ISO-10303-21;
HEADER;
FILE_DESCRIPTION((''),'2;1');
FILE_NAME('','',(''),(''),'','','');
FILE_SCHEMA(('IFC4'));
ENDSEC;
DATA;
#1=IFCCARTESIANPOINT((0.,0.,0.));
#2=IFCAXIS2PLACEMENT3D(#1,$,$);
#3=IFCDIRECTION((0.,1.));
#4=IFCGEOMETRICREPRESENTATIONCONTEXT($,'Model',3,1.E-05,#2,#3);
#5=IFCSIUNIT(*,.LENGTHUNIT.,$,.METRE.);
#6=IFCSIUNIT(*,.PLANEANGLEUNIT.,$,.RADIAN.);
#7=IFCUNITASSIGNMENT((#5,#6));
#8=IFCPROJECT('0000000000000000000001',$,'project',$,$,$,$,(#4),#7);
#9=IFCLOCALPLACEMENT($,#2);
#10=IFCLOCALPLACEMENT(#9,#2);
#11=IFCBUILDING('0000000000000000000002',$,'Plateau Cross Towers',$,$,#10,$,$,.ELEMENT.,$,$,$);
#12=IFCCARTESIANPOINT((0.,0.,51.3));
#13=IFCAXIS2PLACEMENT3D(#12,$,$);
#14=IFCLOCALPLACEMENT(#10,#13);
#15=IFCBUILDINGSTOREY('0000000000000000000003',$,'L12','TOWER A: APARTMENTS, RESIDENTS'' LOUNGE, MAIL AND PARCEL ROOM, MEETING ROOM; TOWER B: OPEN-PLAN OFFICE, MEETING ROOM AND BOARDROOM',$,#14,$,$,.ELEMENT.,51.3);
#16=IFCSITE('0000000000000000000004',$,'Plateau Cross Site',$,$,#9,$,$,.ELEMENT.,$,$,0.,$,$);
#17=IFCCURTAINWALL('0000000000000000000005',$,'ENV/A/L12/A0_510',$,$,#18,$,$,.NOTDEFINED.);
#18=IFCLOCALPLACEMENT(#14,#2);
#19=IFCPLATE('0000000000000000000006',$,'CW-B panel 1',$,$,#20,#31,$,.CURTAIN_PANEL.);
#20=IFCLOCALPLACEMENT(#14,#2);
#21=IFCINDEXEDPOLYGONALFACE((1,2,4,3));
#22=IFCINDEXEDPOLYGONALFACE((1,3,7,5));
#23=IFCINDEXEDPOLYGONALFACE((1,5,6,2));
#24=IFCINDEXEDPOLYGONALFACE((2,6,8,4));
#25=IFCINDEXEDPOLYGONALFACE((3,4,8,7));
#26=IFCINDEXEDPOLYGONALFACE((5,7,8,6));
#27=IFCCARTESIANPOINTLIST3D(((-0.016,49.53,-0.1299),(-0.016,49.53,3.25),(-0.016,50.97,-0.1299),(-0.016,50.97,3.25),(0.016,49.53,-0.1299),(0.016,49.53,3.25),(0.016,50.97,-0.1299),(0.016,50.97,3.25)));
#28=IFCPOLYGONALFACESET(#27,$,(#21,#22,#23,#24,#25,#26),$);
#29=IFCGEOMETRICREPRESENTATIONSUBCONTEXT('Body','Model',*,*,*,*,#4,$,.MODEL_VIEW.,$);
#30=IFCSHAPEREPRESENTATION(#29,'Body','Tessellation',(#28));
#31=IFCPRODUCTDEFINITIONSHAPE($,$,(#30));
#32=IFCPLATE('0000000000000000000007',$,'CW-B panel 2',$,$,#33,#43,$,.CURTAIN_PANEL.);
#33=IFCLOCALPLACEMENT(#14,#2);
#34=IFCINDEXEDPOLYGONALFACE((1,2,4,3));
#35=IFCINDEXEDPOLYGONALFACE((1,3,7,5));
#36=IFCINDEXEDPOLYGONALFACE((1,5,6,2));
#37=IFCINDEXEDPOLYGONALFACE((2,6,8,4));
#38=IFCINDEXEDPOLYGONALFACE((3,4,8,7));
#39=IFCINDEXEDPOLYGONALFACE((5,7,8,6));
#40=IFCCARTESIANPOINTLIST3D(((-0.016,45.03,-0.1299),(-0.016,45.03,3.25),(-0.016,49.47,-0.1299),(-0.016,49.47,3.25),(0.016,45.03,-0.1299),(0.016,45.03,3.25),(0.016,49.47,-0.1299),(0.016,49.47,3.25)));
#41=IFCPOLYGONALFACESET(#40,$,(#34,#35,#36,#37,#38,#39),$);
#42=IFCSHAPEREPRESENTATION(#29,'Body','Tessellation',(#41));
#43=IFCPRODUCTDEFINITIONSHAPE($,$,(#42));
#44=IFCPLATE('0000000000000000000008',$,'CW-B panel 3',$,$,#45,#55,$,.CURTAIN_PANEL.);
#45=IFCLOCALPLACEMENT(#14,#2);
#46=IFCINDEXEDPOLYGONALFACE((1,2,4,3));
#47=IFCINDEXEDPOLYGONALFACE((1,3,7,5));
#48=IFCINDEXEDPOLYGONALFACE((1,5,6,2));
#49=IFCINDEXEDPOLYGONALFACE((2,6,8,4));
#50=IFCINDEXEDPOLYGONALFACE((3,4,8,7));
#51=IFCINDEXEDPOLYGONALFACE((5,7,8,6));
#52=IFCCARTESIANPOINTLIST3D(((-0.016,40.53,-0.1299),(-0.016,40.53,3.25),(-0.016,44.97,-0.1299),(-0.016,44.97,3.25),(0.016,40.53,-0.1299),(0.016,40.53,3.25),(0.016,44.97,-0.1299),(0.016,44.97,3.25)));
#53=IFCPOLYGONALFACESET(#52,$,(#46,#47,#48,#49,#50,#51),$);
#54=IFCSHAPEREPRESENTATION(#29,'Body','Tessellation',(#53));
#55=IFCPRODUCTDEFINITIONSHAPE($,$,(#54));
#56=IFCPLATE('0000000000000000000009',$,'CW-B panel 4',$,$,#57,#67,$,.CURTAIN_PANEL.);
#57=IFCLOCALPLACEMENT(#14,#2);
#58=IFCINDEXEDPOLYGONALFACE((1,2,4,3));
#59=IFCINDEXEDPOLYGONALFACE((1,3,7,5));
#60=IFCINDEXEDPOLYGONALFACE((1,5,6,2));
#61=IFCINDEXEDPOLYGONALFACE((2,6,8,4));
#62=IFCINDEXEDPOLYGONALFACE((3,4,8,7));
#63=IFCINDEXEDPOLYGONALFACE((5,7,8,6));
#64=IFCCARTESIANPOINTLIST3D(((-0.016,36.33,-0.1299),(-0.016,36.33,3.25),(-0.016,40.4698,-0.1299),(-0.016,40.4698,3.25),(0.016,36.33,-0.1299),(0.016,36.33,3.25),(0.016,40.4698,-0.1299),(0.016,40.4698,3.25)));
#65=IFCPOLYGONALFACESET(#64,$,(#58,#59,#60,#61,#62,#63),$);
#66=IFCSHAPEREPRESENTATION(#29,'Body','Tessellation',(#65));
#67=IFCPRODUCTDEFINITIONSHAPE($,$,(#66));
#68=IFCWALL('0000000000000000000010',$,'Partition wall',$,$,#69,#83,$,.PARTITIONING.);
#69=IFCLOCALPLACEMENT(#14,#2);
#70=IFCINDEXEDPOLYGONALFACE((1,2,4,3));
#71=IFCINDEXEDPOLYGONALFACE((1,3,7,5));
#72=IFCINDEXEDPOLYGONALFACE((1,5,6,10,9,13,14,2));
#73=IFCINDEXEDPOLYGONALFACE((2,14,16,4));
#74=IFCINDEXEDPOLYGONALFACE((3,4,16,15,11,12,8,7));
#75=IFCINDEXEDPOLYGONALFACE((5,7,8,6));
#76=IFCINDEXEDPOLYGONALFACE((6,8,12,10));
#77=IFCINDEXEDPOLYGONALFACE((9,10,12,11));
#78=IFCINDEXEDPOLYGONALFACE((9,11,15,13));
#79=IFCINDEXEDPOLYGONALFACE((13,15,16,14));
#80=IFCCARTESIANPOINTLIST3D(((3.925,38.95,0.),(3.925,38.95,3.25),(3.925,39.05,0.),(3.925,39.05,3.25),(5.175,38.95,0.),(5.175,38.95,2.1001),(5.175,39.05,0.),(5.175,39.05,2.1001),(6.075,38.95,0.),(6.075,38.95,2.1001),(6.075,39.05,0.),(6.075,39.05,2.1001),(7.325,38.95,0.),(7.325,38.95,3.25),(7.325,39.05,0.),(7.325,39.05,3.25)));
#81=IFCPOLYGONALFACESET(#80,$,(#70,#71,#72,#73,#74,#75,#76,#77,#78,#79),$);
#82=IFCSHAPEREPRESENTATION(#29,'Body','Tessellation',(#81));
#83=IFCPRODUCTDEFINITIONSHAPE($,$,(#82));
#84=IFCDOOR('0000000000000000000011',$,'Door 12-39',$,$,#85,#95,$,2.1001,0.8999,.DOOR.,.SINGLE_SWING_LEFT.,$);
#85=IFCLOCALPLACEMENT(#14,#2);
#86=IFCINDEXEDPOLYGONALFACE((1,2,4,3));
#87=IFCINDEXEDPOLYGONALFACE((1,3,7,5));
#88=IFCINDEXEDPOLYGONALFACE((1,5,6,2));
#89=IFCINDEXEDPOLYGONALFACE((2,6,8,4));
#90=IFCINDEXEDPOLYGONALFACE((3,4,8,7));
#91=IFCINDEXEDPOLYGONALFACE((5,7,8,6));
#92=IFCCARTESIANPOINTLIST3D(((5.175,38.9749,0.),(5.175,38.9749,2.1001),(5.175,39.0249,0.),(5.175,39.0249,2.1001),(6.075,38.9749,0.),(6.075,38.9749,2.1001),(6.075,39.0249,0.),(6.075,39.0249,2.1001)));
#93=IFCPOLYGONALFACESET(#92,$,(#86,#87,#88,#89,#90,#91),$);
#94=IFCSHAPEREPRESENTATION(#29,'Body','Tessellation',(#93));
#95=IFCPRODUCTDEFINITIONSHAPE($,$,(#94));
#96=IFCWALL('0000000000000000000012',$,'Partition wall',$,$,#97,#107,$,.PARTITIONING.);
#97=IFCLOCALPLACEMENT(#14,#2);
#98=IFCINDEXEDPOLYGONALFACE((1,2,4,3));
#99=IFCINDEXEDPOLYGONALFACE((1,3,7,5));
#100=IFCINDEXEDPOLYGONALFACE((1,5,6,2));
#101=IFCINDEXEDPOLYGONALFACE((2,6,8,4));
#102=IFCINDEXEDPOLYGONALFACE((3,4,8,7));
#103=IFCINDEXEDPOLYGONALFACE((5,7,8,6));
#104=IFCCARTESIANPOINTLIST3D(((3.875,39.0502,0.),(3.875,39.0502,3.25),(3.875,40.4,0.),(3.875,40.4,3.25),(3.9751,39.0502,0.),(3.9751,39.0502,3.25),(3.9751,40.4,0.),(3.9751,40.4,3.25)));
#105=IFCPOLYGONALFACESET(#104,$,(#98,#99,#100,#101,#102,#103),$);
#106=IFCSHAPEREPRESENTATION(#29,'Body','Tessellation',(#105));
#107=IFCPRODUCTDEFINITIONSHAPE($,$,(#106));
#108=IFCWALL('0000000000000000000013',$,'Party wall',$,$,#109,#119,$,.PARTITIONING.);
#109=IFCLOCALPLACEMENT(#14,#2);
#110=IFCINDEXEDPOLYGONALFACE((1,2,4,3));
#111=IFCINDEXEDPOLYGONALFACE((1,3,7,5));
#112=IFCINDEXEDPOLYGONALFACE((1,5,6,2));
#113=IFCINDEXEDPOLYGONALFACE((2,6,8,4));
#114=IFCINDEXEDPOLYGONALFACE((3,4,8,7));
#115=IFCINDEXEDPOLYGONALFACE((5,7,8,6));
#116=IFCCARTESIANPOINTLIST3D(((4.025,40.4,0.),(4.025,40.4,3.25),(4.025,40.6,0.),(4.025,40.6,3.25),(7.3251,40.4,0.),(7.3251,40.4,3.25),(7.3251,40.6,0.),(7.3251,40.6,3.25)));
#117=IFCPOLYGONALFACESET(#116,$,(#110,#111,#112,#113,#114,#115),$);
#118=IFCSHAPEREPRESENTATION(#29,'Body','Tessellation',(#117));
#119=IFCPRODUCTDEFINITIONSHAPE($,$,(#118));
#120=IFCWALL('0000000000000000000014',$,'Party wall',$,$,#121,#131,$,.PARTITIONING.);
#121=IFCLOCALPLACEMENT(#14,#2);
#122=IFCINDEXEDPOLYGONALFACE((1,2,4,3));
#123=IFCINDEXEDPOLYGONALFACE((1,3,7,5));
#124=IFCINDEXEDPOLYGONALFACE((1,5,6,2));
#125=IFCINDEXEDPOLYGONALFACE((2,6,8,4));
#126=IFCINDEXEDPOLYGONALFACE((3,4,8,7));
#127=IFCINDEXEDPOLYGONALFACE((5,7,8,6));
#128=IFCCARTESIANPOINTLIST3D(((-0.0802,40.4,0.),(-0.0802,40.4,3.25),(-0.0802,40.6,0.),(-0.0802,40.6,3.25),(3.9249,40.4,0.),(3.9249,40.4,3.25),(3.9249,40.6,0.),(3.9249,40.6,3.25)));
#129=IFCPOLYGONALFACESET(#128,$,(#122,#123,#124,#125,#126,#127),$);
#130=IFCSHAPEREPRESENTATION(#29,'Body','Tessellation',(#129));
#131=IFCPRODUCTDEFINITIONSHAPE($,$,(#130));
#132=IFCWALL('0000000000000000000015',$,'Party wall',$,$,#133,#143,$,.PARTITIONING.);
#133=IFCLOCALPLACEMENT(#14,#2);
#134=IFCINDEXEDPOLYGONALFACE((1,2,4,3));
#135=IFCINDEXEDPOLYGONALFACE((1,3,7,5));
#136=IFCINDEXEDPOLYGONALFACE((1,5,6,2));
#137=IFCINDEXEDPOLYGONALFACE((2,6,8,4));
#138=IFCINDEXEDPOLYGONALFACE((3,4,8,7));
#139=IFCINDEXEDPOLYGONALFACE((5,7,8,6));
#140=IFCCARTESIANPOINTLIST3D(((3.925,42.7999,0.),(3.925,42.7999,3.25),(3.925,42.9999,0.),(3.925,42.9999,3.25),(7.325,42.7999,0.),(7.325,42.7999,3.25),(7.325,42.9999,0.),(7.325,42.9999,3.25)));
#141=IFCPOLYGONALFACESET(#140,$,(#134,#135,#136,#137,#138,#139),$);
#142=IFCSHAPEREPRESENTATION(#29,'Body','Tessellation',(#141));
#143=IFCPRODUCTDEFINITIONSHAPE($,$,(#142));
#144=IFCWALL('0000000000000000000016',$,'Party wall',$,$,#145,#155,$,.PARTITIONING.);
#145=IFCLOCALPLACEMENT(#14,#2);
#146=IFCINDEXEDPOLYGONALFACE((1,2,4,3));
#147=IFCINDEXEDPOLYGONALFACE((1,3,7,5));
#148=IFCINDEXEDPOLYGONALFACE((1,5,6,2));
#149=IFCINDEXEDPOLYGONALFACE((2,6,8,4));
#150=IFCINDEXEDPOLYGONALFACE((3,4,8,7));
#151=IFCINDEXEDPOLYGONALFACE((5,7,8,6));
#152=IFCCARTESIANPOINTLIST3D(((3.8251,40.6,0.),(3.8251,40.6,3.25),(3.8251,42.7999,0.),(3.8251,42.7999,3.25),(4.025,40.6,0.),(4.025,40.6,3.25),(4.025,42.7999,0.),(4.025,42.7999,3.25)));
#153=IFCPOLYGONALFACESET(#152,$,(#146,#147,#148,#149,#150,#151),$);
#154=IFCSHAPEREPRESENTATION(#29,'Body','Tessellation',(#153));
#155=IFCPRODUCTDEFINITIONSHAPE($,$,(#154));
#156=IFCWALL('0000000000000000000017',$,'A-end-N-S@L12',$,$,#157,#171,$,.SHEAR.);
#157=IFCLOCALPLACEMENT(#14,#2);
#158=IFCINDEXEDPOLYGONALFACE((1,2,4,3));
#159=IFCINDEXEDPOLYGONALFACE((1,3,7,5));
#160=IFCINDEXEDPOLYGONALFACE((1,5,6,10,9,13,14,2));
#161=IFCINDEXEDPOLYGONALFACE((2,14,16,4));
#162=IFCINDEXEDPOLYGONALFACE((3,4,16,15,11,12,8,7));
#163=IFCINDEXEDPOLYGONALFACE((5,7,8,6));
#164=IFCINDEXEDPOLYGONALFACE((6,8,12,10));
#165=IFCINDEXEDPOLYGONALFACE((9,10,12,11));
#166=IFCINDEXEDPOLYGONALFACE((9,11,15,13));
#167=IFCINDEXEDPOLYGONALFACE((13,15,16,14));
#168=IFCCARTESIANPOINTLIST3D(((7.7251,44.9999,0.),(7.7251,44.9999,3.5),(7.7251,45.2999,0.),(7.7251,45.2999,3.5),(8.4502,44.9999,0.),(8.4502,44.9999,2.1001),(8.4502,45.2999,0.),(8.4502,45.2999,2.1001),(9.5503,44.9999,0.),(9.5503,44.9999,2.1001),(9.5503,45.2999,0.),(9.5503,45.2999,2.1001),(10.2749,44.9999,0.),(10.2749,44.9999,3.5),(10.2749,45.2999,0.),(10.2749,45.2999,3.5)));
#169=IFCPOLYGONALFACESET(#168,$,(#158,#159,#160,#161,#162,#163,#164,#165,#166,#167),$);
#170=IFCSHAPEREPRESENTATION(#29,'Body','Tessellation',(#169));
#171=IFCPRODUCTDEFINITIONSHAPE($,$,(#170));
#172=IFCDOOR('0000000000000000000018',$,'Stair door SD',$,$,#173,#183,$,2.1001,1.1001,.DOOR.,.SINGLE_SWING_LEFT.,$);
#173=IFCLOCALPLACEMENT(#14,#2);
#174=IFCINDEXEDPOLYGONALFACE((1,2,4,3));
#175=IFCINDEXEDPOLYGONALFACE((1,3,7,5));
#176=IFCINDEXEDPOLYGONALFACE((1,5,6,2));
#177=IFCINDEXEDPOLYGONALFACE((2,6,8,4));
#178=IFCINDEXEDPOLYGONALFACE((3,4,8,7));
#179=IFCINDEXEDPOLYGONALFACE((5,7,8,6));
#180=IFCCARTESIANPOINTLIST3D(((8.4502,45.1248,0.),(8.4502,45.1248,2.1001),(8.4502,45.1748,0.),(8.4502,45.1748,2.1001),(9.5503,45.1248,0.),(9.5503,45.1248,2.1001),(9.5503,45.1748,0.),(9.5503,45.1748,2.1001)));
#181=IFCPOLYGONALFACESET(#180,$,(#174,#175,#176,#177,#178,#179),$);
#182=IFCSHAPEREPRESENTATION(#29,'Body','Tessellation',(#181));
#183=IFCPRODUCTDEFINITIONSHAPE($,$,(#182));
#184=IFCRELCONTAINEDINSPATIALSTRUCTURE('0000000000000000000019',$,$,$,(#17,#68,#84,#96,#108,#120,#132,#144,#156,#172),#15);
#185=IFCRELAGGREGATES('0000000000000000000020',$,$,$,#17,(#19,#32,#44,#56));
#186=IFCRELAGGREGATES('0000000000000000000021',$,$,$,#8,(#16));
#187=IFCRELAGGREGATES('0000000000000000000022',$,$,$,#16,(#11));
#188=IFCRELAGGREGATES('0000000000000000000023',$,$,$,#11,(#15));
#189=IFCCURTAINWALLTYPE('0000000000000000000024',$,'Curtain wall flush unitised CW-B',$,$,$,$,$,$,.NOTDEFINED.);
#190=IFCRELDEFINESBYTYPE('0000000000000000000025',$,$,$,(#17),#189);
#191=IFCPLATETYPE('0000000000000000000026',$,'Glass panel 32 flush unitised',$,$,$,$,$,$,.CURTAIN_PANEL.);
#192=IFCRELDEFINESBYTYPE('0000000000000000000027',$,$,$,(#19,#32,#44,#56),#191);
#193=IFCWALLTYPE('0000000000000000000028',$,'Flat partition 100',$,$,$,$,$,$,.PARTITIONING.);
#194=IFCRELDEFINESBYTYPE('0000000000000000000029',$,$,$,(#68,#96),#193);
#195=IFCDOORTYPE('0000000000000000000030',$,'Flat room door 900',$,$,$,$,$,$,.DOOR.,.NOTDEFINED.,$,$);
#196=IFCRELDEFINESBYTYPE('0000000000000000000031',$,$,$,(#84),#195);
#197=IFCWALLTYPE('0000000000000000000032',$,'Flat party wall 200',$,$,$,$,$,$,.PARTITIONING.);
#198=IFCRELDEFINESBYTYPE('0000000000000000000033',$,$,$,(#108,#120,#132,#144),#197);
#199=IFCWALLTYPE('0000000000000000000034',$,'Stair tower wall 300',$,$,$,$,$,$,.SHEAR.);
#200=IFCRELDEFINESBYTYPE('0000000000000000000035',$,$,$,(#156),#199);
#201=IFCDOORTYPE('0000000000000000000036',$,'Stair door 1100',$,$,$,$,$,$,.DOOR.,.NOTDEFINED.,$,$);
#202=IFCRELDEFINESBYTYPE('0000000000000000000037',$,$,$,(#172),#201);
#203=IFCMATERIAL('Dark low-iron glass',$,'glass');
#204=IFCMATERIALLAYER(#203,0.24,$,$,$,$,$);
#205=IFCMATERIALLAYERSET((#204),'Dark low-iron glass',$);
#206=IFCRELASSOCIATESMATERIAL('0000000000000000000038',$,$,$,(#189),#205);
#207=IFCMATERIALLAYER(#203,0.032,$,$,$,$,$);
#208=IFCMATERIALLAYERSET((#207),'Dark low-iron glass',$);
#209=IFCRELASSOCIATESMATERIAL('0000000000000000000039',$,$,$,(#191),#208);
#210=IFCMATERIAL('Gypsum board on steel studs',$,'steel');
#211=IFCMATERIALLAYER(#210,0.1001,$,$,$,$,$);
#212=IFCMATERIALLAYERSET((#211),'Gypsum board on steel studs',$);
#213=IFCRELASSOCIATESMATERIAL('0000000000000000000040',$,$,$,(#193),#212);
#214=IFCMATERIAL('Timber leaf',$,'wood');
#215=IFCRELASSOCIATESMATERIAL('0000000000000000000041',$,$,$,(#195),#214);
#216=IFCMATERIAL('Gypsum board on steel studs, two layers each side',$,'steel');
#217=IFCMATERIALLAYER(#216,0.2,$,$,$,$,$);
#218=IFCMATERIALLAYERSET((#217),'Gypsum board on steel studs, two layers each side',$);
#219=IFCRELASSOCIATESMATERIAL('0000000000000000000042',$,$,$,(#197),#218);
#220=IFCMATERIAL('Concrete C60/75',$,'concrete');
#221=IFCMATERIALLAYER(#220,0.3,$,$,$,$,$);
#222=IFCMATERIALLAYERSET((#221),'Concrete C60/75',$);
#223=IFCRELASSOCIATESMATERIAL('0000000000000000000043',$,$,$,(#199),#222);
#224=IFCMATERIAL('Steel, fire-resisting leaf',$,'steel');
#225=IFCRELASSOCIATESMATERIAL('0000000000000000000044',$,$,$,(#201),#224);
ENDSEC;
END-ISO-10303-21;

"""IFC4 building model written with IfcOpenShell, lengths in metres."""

from ifc_helpers import new_model, si_unit, direction, frame, frame_2d, origin, origin_2d, place, context, subcontext, project, spatial, rectangle, extrude, material, layer, layer_set, type_object, element, fill, aggregate, save


model = new_model("IFC4")

# Units and contexts
model_context = context("Model", 3, precision=1e-05, world=origin(), true_north=direction((0.0, 1.0)))
body_context = subcontext(model_context, "Body", "Model", "MODEL_VIEW")
ifc_project = project(units=[si_unit("LENGTHUNIT", "METRE"), si_unit("PLANEANGLEUNIT", "RADIAN")], contexts=[model_context])

# Site, building, storey
site_placement = place(None, origin())
site = spatial("IfcSite", under=ifc_project, at=site_placement, Name="Plateau Cross Site", CompositionType="ELEMENT", RefElevation=0.0)
building_placement = place(site_placement, origin())
building = spatial("IfcBuilding", under=site, at=building_placement, Name="Plateau Cross Towers", CompositionType="ELEMENT")
storey_placement = place(building_placement, frame((0.0, 0.0, 51.3)))
storey = spatial("IfcBuildingStorey", under=building, at=storey_placement, Name="L12", Description="TOWER A: APARTMENTS, RESIDENTS' LOUNGE, MAIL AND PARCEL ROOM, MEETING ROOM; TOWER B: OPEN-PLAN OFFICE, MEETING ROOM AND BOARDROOM", CompositionType="ELEMENT", Elevation=51.3)

# Shared definitions
ifc_material_1 = material(Name="Concrete C60/75", Category="concrete")

# Shared definitions
ifc_material_2 = material(Name="Dark low-iron glass", Category="glass")
ifc_layer_1 = layer(ifc_material_2, 0.24)
ifc_layer_set_1 = layer_set([ifc_layer_1], Name="Dark low-iron glass")
curtain_wall_type = type_object("IfcCurtainWallType", Name="Curtain wall flush unitised CW-B", PredefinedType="NOTDEFINED", material=ifc_layer_set_1)

# Curtain wall
curtain_wall_1_placement = place(storey_placement, origin())
curtain_wall_1 = element("IfcCurtainWall", 1, at=curtain_wall_1_placement, inside=storey, type_object=curtain_wall_type, Name="ENV/A/L12/A0_510", PredefinedType="NOTDEFINED")

# Shared definitions
ifc_layer_2 = layer(ifc_material_2, 0.032)
ifc_layer_set_2 = layer_set([ifc_layer_2], Name="Dark low-iron glass")
plate_type = type_object("IfcPlateType", Name="Glass panel 32 flush unitised", PredefinedType="CURTAIN_PANEL", material=ifc_layer_set_2)

# Plates
plate_1_placement = place(storey_placement, frame((0.0, 50.25, -0.1299), z_axis=(0.0, 0.0, 1.0), x_axis=(0.0, -1.0, 0.0)))
plate_1 = element("IfcPlate", 2, at=plate_1_placement, type_object=plate_type, Name="CW-B panel 1", PredefinedType="CURTAIN_PANEL", context=body_context, shape_type="SweptSolid", body=[
    extrude(rectangle(XDim=1.4399, YDim=0.032, at=origin_2d()), origin(), (0.0, 0.0, 1.0), 3.3799),
])
plate_2_placement = place(storey_placement, frame((0.0, 47.25, -0.1299), z_axis=(0.0, 0.0, 1.0), x_axis=(0.0, -1.0, 0.0)))
plate_2 = element("IfcPlate", 3, at=plate_2_placement, type_object=plate_type, Name="CW-B panel 2", PredefinedType="CURTAIN_PANEL", context=body_context, shape_type="SweptSolid", body=[
    extrude(rectangle(XDim=4.4399, YDim=0.032, at=origin_2d()), origin(), (0.0, 0.0, 1.0), 3.3799),
])
plate_3_placement = place(storey_placement, frame((0.0, 42.75, -0.1299), z_axis=(0.0, 0.0, 1.0), x_axis=(0.0, -1.0, 0.0)))
plate_3 = element("IfcPlate", 4, at=plate_3_placement, type_object=plate_type, Name="CW-B panel 3", PredefinedType="CURTAIN_PANEL", context=body_context, shape_type="SweptSolid", body=[
    extrude(rectangle(XDim=4.4399, YDim=0.032, at=origin_2d()), origin(), (0.0, 0.0, 1.0), 3.3799),
])
plate_4_placement = place(storey_placement, frame((0.0, 38.3999, -0.1299), z_axis=(0.0, 0.0, 1.0), x_axis=(0.0, -1.0, 0.0)))
plate_4 = element("IfcPlate", 5, at=plate_4_placement, type_object=plate_type, Name="CW-B panel 4", PredefinedType="CURTAIN_PANEL", context=body_context, shape_type="SweptSolid", body=[
    extrude(rectangle(XDim=4.1399, YDim=0.032, at=origin_2d()), origin(), (0.0, 0.0, 1.0), 3.3799),
])
aggregate(curtain_wall_1, [plate_1, plate_2, plate_3, plate_4])

# Wall, opening, door
ifc_material_3 = material(Name="Gypsum board on steel studs", Category="steel")
ifc_layer_3 = layer(ifc_material_3, 0.1001)
ifc_layer_set_3 = layer_set([ifc_layer_3], Name="Gypsum board on steel studs")
wall_type_1 = type_object("IfcWallType", Name="Flat partition 100", PredefinedType="PARTITIONING", material=ifc_layer_set_3)
wall_1_placement = place(storey_placement, frame((3.925, 39.0, 0.0), z_axis=(0.0, 0.0, 1.0), x_axis=(1.0, 0.0, 0.0)))
wall_1 = element("IfcWall", 6, at=wall_1_placement, inside=storey, type_object=wall_type_1, Name="Partition wall", PredefinedType="PARTITIONING", context=body_context, shape_type="SweptSolid", body=[
    extrude(rectangle(XDim=3.3999, YDim=0.1001, at=frame_2d((1.7, 0.0))), origin(), (0.0, 0.0, 1.0), 3.25),
])
opening_1_placement = place(wall_1_placement, frame((1.25, 0.0, 0.0)))
opening_1 = element("IfcOpeningElement", 7, at=opening_1_placement, cuts=wall_1, PredefinedType="OPENING", context=body_context, shape_type="SweptSolid", body=[
    extrude(rectangle(XDim=0.8999, YDim=2.1001, at=frame_2d((0.45, 1.05))), frame((0.0, 0.0601, 0.0), z_axis=(0.0, -1.0, 0.0), x_axis=(1.0, 0.0, 0.0)), (0.0, 0.0, 1.0), 0.1201),
])
ifc_material_4 = material(Name="Timber leaf", Category="wood")
door_type_1 = type_object("IfcDoorType", Name="Flat room door 900", OperationType="NOTDEFINED", PredefinedType="DOOR", material=ifc_material_4)
door_1_placement = place(opening_1_placement, origin())
door_1 = element("IfcDoor", 8, at=door_1_placement, inside=storey, type_object=door_type_1, Name="Door 12-39", OperationType="SINGLE_SWING_LEFT", OverallHeight=2.1001, OverallWidth=0.8999, PredefinedType="DOOR", context=body_context, shape_type="SweptSolid", body=[
    extrude(rectangle(XDim=0.8999, YDim=2.1001, at=frame_2d((0.45, 1.05))), frame((0.0, 0.0249, 0.0), z_axis=(0.0, -1.0, 0.0), x_axis=(1.0, 0.0, 0.0)), (0.0, 0.0, 1.0), 0.05),
])
fill(opening_1, door_1)

# Walls
wall_2_placement = place(storey_placement, frame((3.925, 40.3999, 0.0), z_axis=(0.0, 0.0, 1.0), x_axis=(0.0, -1.0, 0.0)))
element("IfcWall", 9, at=wall_2_placement, inside=storey, type_object=wall_type_1, Name="Partition wall", PredefinedType="PARTITIONING", context=body_context, shape_type="SweptSolid", body=[
    extrude(rectangle(XDim=1.3499, YDim=0.1001, at=frame_2d((0.6748, 0.0))), origin(), (0.0, 0.0, 1.0), 3.25),
])
ifc_material_5 = material(Name="Gypsum board on steel studs, two layers each side", Category="steel")
ifc_layer_4 = layer(ifc_material_5, 0.2)
ifc_layer_set_4 = layer_set([ifc_layer_4], Name="Gypsum board on steel studs, two layers each side")
wall_type_2 = type_object("IfcWallType", Name="Flat party wall 200", PredefinedType="PARTITIONING", material=ifc_layer_set_4)
wall_3_placement = place(storey_placement, frame((7.325, 40.5, 0.0), z_axis=(0.0, 0.0, 1.0), x_axis=(-1.0, 0.0, 0.0)))
element("IfcWall", 10, at=wall_3_placement, inside=storey, type_object=wall_type_2, Name="Party wall", PredefinedType="PARTITIONING", context=body_context, shape_type="SweptSolid", body=[
    extrude(rectangle(XDim=3.3, YDim=0.2, at=frame_2d((1.6499, 0.0))), origin(), (0.0, 0.0, 1.0), 3.25),
])
wall_4_placement = place(storey_placement, frame((-0.0801, 40.5, 0.0), z_axis=(0.0, 0.0, 1.0), x_axis=(1.0, 0.0, 0.0)))
element("IfcWall", 11, at=wall_4_placement, inside=storey, type_object=wall_type_2, Name="Party wall", PredefinedType="PARTITIONING", context=body_context, shape_type="SweptSolid", body=[
    extrude(rectangle(XDim=4.0051, YDim=0.2, at=frame_2d((2.0024, 0.0))), origin(), (0.0, 0.0, 1.0), 3.25),
])
wall_5_placement = place(storey_placement, frame((7.325, 42.8999, 0.0), z_axis=(0.0, 0.0, 1.0), x_axis=(-1.0, 0.0, 0.0)))
element("IfcWall", 12, at=wall_5_placement, inside=storey, type_object=wall_type_2, Name="Party wall", PredefinedType="PARTITIONING", context=body_context, shape_type="SweptSolid", body=[
    extrude(rectangle(XDim=3.3999, YDim=0.2, at=frame_2d((1.7, 0.0))), origin(), (0.0, 0.0, 1.0), 3.25),
])
wall_6_placement = place(storey_placement, frame((3.925, 42.8, 0.0), z_axis=(0.0, 0.0, 1.0), x_axis=(0.0, -1.0, 0.0)))
element("IfcWall", 13, at=wall_6_placement, inside=storey, type_object=wall_type_2, Name="Party wall", PredefinedType="PARTITIONING", context=body_context, shape_type="SweptSolid", body=[
    extrude(rectangle(XDim=2.2, YDim=0.2, at=frame_2d((1.1001, 0.0))), origin(), (0.0, 0.0, 1.0), 3.25),
])

# Wall, opening, door
ifc_layer_5 = layer(ifc_material_1, 0.3)
ifc_layer_set_5 = layer_set([ifc_layer_5], Name="Concrete C60/75")
wall_type_3 = type_object("IfcWallType", Name="Stair tower wall 300", PredefinedType="SHEAR", material=ifc_layer_set_5)
wall_7_placement = place(storey_placement, frame((7.7251, 45.1499, 0.0), z_axis=(0.0, 0.0, 1.0), x_axis=(1.0, 0.0, 0.0)))
wall_7 = element("IfcWall", 14, at=wall_7_placement, inside=storey, type_object=wall_type_3, Name="A-end-N-S@L12", PredefinedType="SHEAR", context=body_context, shape_type="SweptSolid", body=[
    extrude(rectangle(XDim=2.5498, YDim=0.3, at=frame_2d((1.2749, 0.0))), origin(), (0.0, 0.0, 1.0), 3.5),
])
opening_2_placement = place(wall_7_placement, frame((0.7251, 0.0, 0.0)))
opening_2 = element("IfcOpeningElement", 15, at=opening_2_placement, cuts=wall_7, PredefinedType="OPENING", context=body_context, shape_type="SweptSolid", body=[
    extrude(rectangle(XDim=1.1001, YDim=2.1001, at=frame_2d((0.55, 1.05))), frame((0.0, 0.1599, 0.0), z_axis=(0.0, -1.0, 0.0), x_axis=(1.0, 0.0, 0.0)), (0.0, 0.0, 1.0), 0.3201),
])
ifc_material_6 = material(Name="Steel, fire-resisting leaf", Category="steel")
door_type_2 = type_object("IfcDoorType", Name="Stair door 1100", OperationType="NOTDEFINED", PredefinedType="DOOR", material=ifc_material_6)
door_2_placement = place(opening_2_placement, origin())
door_2 = element("IfcDoor", 16, at=door_2_placement, inside=storey, type_object=door_type_2, Name="Stair door SD", OperationType="SINGLE_SWING_LEFT", OverallHeight=2.1001, OverallWidth=1.1001, PredefinedType="DOOR", context=body_context, shape_type="SweptSolid", body=[
    extrude(rectangle(XDim=1.1001, YDim=2.1001, at=frame_2d((0.55, 1.05))), frame((0.0, 0.0249, 0.0), z_axis=(0.0, -1.0, 0.0), x_axis=(1.0, 0.0, 0.0)), (0.0, 0.0, 1.0), 0.05),
])
fill(opening_2, door_2)

save(model, "model.ifc")
